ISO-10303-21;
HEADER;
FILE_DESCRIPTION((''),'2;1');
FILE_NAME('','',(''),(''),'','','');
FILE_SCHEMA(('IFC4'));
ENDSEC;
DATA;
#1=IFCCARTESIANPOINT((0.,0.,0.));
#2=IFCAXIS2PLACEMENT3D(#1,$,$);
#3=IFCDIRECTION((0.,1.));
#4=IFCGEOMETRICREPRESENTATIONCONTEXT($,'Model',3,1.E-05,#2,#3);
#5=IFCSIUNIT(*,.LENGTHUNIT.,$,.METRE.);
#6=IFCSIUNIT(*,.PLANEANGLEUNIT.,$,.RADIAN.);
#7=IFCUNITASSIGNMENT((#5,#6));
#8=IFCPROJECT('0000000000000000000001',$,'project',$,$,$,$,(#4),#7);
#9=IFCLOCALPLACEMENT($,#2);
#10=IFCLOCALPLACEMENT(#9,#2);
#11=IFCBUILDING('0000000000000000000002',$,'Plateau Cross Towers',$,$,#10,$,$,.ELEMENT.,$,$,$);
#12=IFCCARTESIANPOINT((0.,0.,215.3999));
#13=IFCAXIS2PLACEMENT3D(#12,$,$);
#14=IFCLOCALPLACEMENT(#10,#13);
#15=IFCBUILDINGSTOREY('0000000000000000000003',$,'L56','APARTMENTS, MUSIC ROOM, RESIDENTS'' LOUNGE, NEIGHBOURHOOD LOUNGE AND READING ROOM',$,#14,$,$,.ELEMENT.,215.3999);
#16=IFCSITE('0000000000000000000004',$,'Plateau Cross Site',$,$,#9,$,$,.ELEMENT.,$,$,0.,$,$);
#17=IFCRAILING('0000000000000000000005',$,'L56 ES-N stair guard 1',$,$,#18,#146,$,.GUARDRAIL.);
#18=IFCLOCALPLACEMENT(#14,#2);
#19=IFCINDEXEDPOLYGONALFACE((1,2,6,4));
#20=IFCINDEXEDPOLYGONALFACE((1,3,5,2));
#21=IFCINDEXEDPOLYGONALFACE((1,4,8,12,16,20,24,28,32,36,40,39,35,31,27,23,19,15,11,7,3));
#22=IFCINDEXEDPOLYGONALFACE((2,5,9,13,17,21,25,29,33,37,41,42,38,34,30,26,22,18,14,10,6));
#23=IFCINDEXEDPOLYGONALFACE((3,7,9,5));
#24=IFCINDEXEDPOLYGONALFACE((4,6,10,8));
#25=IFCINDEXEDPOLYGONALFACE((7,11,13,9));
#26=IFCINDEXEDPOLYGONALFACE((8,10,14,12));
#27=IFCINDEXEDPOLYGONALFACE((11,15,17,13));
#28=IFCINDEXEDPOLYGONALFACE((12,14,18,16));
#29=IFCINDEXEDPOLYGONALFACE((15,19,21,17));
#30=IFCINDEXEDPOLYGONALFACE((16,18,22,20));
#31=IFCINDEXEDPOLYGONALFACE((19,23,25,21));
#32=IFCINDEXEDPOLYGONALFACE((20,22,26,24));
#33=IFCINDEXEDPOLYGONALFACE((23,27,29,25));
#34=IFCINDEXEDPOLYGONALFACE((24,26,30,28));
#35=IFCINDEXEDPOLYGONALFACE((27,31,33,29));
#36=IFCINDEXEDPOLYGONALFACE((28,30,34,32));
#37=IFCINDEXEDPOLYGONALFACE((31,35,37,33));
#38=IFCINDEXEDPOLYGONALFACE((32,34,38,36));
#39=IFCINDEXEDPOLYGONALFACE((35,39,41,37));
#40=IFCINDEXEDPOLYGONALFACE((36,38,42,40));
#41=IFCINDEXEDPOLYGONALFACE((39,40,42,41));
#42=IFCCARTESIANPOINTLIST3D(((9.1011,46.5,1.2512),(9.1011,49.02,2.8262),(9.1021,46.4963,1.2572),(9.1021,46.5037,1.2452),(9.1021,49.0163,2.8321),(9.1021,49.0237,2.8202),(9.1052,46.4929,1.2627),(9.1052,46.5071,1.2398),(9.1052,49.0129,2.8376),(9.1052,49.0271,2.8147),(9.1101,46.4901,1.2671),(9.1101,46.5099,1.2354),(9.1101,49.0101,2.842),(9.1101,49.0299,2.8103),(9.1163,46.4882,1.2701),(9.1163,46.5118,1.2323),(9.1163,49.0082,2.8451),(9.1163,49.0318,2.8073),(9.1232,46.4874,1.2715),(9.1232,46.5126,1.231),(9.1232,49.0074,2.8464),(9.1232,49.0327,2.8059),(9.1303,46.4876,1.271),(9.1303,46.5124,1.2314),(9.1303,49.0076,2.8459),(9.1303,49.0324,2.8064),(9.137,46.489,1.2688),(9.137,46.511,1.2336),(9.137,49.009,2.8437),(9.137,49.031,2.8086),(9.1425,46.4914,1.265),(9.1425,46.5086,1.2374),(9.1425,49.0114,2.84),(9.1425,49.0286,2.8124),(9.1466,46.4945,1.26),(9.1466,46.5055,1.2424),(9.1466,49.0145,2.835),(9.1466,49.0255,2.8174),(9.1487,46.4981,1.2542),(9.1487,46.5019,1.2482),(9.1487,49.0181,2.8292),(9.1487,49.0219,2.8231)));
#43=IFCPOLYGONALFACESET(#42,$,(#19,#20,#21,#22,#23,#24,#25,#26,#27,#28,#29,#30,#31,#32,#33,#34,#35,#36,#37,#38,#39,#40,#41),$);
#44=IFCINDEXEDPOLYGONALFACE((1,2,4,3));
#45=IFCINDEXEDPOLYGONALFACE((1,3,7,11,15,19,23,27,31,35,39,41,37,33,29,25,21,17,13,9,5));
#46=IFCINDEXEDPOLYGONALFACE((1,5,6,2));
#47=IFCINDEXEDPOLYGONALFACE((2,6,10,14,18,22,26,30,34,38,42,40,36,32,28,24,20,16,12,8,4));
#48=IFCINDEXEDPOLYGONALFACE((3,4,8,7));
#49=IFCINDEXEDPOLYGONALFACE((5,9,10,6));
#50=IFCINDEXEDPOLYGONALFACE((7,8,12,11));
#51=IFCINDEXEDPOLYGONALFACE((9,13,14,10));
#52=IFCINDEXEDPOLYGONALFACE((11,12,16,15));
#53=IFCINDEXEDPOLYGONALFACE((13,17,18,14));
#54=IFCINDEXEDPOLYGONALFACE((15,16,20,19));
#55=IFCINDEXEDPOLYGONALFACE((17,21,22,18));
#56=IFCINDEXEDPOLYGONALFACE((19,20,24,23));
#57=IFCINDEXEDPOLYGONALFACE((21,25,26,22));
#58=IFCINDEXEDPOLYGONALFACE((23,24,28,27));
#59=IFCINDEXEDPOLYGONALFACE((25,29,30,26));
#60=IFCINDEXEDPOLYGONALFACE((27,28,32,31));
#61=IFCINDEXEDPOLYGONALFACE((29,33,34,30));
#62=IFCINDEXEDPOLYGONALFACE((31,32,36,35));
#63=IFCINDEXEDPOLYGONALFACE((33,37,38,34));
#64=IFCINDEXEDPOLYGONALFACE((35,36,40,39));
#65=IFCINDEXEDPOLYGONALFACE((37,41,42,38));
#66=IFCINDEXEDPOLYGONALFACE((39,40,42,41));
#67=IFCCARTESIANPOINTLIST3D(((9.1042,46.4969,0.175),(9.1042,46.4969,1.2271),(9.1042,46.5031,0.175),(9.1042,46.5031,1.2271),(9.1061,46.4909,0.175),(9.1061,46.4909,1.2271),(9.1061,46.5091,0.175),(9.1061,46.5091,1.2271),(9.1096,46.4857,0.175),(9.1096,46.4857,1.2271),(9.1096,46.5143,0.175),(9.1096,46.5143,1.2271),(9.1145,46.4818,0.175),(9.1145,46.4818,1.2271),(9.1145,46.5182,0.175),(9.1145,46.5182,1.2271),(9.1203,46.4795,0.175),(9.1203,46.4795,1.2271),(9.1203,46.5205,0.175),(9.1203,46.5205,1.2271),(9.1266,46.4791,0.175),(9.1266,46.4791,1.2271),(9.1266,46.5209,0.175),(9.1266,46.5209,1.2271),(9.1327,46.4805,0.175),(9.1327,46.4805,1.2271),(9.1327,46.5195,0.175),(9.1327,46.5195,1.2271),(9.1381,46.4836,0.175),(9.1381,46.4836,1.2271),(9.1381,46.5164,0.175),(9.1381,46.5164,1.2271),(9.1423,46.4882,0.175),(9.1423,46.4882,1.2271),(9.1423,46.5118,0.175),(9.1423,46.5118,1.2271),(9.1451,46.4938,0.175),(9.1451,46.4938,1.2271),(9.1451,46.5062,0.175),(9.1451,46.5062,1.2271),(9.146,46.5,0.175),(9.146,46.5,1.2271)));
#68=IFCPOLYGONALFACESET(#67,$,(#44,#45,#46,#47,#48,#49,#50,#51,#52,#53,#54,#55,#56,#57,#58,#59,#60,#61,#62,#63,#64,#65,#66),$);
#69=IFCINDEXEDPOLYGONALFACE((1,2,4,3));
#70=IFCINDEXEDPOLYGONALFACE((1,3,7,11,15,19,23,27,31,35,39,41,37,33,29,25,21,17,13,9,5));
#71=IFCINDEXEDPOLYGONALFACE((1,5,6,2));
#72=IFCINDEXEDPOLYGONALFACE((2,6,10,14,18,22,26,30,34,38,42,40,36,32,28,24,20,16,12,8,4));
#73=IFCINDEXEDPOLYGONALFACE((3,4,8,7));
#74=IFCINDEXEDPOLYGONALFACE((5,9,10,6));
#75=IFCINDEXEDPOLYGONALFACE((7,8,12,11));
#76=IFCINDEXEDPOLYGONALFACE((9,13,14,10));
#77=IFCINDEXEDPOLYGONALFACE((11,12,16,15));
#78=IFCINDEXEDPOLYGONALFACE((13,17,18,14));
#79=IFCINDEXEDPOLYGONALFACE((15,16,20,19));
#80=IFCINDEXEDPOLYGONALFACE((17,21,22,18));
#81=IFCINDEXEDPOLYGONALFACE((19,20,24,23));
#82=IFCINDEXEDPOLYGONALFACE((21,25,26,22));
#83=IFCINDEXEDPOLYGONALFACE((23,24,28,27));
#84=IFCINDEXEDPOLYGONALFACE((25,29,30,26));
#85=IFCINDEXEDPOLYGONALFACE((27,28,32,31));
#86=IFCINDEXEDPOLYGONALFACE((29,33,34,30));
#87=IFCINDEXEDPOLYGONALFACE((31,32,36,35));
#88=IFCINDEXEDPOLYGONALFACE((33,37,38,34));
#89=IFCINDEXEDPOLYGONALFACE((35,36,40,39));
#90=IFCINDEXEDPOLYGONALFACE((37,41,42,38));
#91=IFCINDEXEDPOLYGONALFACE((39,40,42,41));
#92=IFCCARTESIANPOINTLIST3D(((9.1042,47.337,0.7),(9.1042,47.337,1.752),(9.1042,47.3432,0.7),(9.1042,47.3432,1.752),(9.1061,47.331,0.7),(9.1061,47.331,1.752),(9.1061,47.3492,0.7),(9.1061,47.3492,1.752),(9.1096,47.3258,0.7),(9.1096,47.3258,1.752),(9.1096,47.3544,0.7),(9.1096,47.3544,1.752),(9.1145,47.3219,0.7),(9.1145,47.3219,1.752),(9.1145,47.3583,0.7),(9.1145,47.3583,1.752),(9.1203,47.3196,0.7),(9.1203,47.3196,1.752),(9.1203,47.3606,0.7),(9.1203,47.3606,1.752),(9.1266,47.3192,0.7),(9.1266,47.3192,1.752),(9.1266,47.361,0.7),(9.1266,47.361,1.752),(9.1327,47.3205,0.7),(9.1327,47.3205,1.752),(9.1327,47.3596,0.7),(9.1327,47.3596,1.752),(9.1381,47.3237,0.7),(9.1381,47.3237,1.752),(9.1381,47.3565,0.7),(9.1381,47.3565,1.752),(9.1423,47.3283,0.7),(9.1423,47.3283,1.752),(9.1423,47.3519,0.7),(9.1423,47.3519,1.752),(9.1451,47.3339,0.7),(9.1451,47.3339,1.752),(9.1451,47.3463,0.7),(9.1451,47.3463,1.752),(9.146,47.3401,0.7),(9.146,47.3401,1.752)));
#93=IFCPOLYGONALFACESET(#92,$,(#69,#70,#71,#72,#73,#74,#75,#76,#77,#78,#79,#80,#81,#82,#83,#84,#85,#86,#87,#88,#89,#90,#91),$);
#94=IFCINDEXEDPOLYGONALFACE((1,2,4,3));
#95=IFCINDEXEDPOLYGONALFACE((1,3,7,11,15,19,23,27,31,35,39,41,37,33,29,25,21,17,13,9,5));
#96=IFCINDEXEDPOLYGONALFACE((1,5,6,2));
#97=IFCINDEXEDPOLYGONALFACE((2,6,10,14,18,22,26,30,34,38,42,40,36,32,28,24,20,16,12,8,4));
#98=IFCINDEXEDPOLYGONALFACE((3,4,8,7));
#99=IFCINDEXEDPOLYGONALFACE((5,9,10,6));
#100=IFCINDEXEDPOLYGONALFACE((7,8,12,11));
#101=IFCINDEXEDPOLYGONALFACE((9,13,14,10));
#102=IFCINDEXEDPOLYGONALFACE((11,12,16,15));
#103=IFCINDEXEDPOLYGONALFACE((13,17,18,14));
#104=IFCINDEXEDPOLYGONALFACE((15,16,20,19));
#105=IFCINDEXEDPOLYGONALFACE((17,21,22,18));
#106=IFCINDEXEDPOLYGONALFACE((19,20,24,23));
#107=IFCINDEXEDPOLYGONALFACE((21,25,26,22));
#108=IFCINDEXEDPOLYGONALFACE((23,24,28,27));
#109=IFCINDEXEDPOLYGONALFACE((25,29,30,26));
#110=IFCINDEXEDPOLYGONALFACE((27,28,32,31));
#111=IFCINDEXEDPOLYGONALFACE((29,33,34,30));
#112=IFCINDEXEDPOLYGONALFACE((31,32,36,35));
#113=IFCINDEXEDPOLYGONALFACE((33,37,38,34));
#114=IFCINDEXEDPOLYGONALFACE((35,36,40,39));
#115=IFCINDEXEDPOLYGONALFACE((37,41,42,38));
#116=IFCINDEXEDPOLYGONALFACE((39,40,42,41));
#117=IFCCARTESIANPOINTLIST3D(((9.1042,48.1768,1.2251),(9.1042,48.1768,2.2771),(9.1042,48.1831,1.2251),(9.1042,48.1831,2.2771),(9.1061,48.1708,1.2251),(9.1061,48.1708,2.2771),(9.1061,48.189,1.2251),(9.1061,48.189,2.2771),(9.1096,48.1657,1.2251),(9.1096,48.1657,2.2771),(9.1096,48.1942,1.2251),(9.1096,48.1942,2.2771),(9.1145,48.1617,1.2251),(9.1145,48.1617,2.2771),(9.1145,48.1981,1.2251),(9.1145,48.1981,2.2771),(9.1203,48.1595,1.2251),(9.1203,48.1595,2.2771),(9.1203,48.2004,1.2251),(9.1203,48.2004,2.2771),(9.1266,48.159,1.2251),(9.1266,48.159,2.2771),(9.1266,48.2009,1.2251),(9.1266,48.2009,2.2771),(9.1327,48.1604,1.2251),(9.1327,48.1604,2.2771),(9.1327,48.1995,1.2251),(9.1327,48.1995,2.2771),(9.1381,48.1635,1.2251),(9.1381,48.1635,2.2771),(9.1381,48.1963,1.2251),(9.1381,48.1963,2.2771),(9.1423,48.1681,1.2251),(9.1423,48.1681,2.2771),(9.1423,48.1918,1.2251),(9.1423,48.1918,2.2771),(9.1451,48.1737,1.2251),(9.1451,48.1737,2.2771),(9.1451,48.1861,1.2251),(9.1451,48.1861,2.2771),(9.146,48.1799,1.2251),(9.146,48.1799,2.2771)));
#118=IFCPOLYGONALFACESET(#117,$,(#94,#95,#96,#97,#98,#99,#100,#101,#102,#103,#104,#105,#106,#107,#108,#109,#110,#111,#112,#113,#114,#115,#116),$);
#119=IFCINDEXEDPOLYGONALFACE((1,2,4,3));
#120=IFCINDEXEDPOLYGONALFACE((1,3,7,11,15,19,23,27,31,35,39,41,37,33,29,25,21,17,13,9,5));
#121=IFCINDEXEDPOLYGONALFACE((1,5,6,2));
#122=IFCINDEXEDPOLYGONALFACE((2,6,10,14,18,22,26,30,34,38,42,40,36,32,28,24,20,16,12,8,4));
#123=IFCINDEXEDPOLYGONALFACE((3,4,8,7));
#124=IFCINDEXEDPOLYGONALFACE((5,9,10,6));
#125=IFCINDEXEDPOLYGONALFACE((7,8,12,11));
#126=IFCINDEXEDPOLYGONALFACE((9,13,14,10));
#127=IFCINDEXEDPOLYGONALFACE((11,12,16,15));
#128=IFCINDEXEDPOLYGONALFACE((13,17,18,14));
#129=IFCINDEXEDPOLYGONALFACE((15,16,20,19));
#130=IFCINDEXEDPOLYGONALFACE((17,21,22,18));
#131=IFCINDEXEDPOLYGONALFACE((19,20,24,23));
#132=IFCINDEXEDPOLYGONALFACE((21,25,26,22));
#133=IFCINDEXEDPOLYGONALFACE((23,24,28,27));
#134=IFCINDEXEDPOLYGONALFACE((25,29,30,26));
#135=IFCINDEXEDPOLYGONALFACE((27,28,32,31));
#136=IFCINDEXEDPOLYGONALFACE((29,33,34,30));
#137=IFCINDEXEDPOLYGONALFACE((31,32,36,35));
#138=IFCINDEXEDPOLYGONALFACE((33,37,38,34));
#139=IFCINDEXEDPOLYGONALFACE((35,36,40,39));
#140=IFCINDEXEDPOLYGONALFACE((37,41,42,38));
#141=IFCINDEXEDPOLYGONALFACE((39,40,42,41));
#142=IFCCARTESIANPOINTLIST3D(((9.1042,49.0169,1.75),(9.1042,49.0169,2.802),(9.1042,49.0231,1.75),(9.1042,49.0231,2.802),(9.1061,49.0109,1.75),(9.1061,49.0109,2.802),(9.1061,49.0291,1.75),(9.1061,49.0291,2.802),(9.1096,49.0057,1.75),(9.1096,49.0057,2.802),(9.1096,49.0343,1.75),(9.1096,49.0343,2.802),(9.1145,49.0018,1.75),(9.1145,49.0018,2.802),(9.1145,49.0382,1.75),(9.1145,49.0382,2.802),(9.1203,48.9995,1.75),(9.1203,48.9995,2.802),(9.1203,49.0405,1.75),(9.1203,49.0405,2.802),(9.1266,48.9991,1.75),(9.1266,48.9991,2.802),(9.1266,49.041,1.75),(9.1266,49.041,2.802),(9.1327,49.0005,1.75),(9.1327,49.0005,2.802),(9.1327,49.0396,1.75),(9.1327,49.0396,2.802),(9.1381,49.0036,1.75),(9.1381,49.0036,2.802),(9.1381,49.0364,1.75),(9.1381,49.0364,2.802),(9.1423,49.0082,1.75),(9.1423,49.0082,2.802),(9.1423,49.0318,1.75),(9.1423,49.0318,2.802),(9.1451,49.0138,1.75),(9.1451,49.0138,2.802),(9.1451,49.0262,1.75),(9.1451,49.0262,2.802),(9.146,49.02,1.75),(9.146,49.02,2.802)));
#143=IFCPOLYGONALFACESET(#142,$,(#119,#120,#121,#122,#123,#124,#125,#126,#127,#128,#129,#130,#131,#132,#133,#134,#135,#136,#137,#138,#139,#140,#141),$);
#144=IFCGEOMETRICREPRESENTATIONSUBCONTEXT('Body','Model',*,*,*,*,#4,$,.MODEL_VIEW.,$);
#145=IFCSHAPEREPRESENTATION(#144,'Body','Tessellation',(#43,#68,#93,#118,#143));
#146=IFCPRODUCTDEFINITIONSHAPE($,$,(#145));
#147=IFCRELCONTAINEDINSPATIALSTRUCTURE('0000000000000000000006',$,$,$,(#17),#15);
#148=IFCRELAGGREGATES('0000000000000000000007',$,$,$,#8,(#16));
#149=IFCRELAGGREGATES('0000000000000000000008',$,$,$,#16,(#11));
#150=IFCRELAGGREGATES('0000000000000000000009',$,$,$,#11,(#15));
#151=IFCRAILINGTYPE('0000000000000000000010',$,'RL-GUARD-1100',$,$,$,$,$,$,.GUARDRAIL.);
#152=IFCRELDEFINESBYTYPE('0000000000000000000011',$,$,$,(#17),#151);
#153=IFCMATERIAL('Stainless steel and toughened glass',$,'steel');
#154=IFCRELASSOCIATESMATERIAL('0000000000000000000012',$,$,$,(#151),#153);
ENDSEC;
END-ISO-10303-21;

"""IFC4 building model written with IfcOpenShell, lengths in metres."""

from ifc_helpers import new_model, si_unit, direction, frame, origin, origin_2d, place, context, subcontext, project, spatial, circle, extrude, material, type_object, element, save


model = new_model("IFC4")

# Units and contexts
model_context = context("Model", 3, precision=1e-05, world=origin(), true_north=direction((0.0, 1.0)))
body_context = subcontext(model_context, "Body", "Model", "MODEL_VIEW")
ifc_project = project(units=[si_unit("LENGTHUNIT", "METRE"), si_unit("PLANEANGLEUNIT", "RADIAN")], contexts=[model_context])

# Site, building, storey
site_placement = place(None, origin())
site = spatial("IfcSite", under=ifc_project, at=site_placement, Name="Plateau Cross Site", CompositionType="ELEMENT", RefElevation=0.0)
building_placement = place(site_placement, origin())
building = spatial("IfcBuilding", under=site, at=building_placement, Name="Plateau Cross Towers", CompositionType="ELEMENT")
storey_placement = place(building_placement, frame((0.0, 0.0, 215.3999)))
storey = spatial("IfcBuildingStorey", under=building, at=storey_placement, Name="L56", Description="APARTMENTS, MUSIC ROOM, RESIDENTS' LOUNGE, NEIGHBOURHOOD LOUNGE AND READING ROOM", CompositionType="ELEMENT", Elevation=215.3999)

# Railing
ifc_material_1 = material(Name="Stainless steel and toughened glass", Category="steel")
railing_type_1 = type_object("IfcRailingType", Name="RL-GUARD-1100", PredefinedType="GUARDRAIL", material=ifc_material_1)
railing_1_placement = place(storey_placement, frame((9.125, 46.5, 0.175)))
element("IfcRailing", 1, at=railing_1_placement, inside=storey, type_object=railing_type_1, Name="L56 ES-N stair guard 1", PredefinedType="GUARDRAIL", context=body_context, shape_type="SweptSolid", body=[
    extrude(circle(Radius=0.0239, at=origin_2d()), frame((0.0, 0.0, 1.0762), z_axis=(0.0, 0.848008, 0.529984), x_axis=(-1.0, 0.0, 0.0)), (0.0, 0.0, 1.0), 2.9717),
    extrude(circle(Radius=0.021, at=origin_2d()), origin(), (0.0, 0.0, 1.0), 1.052),
    extrude(circle(Radius=0.021, at=origin_2d()), frame((0.0, 0.8401, 0.5249)), (0.0, 0.0, 1.0), 1.052),
    extrude(circle(Radius=0.021, at=origin_2d()), frame((0.0, 1.6799, 1.05)), (0.0, 0.0, 1.0), 1.052),
    extrude(circle(Radius=0.021, at=origin_2d()), frame((0.0, 2.52, 1.575)), (0.0, 0.0, 1.0), 1.052),
])

save(model, "model.ifc")
